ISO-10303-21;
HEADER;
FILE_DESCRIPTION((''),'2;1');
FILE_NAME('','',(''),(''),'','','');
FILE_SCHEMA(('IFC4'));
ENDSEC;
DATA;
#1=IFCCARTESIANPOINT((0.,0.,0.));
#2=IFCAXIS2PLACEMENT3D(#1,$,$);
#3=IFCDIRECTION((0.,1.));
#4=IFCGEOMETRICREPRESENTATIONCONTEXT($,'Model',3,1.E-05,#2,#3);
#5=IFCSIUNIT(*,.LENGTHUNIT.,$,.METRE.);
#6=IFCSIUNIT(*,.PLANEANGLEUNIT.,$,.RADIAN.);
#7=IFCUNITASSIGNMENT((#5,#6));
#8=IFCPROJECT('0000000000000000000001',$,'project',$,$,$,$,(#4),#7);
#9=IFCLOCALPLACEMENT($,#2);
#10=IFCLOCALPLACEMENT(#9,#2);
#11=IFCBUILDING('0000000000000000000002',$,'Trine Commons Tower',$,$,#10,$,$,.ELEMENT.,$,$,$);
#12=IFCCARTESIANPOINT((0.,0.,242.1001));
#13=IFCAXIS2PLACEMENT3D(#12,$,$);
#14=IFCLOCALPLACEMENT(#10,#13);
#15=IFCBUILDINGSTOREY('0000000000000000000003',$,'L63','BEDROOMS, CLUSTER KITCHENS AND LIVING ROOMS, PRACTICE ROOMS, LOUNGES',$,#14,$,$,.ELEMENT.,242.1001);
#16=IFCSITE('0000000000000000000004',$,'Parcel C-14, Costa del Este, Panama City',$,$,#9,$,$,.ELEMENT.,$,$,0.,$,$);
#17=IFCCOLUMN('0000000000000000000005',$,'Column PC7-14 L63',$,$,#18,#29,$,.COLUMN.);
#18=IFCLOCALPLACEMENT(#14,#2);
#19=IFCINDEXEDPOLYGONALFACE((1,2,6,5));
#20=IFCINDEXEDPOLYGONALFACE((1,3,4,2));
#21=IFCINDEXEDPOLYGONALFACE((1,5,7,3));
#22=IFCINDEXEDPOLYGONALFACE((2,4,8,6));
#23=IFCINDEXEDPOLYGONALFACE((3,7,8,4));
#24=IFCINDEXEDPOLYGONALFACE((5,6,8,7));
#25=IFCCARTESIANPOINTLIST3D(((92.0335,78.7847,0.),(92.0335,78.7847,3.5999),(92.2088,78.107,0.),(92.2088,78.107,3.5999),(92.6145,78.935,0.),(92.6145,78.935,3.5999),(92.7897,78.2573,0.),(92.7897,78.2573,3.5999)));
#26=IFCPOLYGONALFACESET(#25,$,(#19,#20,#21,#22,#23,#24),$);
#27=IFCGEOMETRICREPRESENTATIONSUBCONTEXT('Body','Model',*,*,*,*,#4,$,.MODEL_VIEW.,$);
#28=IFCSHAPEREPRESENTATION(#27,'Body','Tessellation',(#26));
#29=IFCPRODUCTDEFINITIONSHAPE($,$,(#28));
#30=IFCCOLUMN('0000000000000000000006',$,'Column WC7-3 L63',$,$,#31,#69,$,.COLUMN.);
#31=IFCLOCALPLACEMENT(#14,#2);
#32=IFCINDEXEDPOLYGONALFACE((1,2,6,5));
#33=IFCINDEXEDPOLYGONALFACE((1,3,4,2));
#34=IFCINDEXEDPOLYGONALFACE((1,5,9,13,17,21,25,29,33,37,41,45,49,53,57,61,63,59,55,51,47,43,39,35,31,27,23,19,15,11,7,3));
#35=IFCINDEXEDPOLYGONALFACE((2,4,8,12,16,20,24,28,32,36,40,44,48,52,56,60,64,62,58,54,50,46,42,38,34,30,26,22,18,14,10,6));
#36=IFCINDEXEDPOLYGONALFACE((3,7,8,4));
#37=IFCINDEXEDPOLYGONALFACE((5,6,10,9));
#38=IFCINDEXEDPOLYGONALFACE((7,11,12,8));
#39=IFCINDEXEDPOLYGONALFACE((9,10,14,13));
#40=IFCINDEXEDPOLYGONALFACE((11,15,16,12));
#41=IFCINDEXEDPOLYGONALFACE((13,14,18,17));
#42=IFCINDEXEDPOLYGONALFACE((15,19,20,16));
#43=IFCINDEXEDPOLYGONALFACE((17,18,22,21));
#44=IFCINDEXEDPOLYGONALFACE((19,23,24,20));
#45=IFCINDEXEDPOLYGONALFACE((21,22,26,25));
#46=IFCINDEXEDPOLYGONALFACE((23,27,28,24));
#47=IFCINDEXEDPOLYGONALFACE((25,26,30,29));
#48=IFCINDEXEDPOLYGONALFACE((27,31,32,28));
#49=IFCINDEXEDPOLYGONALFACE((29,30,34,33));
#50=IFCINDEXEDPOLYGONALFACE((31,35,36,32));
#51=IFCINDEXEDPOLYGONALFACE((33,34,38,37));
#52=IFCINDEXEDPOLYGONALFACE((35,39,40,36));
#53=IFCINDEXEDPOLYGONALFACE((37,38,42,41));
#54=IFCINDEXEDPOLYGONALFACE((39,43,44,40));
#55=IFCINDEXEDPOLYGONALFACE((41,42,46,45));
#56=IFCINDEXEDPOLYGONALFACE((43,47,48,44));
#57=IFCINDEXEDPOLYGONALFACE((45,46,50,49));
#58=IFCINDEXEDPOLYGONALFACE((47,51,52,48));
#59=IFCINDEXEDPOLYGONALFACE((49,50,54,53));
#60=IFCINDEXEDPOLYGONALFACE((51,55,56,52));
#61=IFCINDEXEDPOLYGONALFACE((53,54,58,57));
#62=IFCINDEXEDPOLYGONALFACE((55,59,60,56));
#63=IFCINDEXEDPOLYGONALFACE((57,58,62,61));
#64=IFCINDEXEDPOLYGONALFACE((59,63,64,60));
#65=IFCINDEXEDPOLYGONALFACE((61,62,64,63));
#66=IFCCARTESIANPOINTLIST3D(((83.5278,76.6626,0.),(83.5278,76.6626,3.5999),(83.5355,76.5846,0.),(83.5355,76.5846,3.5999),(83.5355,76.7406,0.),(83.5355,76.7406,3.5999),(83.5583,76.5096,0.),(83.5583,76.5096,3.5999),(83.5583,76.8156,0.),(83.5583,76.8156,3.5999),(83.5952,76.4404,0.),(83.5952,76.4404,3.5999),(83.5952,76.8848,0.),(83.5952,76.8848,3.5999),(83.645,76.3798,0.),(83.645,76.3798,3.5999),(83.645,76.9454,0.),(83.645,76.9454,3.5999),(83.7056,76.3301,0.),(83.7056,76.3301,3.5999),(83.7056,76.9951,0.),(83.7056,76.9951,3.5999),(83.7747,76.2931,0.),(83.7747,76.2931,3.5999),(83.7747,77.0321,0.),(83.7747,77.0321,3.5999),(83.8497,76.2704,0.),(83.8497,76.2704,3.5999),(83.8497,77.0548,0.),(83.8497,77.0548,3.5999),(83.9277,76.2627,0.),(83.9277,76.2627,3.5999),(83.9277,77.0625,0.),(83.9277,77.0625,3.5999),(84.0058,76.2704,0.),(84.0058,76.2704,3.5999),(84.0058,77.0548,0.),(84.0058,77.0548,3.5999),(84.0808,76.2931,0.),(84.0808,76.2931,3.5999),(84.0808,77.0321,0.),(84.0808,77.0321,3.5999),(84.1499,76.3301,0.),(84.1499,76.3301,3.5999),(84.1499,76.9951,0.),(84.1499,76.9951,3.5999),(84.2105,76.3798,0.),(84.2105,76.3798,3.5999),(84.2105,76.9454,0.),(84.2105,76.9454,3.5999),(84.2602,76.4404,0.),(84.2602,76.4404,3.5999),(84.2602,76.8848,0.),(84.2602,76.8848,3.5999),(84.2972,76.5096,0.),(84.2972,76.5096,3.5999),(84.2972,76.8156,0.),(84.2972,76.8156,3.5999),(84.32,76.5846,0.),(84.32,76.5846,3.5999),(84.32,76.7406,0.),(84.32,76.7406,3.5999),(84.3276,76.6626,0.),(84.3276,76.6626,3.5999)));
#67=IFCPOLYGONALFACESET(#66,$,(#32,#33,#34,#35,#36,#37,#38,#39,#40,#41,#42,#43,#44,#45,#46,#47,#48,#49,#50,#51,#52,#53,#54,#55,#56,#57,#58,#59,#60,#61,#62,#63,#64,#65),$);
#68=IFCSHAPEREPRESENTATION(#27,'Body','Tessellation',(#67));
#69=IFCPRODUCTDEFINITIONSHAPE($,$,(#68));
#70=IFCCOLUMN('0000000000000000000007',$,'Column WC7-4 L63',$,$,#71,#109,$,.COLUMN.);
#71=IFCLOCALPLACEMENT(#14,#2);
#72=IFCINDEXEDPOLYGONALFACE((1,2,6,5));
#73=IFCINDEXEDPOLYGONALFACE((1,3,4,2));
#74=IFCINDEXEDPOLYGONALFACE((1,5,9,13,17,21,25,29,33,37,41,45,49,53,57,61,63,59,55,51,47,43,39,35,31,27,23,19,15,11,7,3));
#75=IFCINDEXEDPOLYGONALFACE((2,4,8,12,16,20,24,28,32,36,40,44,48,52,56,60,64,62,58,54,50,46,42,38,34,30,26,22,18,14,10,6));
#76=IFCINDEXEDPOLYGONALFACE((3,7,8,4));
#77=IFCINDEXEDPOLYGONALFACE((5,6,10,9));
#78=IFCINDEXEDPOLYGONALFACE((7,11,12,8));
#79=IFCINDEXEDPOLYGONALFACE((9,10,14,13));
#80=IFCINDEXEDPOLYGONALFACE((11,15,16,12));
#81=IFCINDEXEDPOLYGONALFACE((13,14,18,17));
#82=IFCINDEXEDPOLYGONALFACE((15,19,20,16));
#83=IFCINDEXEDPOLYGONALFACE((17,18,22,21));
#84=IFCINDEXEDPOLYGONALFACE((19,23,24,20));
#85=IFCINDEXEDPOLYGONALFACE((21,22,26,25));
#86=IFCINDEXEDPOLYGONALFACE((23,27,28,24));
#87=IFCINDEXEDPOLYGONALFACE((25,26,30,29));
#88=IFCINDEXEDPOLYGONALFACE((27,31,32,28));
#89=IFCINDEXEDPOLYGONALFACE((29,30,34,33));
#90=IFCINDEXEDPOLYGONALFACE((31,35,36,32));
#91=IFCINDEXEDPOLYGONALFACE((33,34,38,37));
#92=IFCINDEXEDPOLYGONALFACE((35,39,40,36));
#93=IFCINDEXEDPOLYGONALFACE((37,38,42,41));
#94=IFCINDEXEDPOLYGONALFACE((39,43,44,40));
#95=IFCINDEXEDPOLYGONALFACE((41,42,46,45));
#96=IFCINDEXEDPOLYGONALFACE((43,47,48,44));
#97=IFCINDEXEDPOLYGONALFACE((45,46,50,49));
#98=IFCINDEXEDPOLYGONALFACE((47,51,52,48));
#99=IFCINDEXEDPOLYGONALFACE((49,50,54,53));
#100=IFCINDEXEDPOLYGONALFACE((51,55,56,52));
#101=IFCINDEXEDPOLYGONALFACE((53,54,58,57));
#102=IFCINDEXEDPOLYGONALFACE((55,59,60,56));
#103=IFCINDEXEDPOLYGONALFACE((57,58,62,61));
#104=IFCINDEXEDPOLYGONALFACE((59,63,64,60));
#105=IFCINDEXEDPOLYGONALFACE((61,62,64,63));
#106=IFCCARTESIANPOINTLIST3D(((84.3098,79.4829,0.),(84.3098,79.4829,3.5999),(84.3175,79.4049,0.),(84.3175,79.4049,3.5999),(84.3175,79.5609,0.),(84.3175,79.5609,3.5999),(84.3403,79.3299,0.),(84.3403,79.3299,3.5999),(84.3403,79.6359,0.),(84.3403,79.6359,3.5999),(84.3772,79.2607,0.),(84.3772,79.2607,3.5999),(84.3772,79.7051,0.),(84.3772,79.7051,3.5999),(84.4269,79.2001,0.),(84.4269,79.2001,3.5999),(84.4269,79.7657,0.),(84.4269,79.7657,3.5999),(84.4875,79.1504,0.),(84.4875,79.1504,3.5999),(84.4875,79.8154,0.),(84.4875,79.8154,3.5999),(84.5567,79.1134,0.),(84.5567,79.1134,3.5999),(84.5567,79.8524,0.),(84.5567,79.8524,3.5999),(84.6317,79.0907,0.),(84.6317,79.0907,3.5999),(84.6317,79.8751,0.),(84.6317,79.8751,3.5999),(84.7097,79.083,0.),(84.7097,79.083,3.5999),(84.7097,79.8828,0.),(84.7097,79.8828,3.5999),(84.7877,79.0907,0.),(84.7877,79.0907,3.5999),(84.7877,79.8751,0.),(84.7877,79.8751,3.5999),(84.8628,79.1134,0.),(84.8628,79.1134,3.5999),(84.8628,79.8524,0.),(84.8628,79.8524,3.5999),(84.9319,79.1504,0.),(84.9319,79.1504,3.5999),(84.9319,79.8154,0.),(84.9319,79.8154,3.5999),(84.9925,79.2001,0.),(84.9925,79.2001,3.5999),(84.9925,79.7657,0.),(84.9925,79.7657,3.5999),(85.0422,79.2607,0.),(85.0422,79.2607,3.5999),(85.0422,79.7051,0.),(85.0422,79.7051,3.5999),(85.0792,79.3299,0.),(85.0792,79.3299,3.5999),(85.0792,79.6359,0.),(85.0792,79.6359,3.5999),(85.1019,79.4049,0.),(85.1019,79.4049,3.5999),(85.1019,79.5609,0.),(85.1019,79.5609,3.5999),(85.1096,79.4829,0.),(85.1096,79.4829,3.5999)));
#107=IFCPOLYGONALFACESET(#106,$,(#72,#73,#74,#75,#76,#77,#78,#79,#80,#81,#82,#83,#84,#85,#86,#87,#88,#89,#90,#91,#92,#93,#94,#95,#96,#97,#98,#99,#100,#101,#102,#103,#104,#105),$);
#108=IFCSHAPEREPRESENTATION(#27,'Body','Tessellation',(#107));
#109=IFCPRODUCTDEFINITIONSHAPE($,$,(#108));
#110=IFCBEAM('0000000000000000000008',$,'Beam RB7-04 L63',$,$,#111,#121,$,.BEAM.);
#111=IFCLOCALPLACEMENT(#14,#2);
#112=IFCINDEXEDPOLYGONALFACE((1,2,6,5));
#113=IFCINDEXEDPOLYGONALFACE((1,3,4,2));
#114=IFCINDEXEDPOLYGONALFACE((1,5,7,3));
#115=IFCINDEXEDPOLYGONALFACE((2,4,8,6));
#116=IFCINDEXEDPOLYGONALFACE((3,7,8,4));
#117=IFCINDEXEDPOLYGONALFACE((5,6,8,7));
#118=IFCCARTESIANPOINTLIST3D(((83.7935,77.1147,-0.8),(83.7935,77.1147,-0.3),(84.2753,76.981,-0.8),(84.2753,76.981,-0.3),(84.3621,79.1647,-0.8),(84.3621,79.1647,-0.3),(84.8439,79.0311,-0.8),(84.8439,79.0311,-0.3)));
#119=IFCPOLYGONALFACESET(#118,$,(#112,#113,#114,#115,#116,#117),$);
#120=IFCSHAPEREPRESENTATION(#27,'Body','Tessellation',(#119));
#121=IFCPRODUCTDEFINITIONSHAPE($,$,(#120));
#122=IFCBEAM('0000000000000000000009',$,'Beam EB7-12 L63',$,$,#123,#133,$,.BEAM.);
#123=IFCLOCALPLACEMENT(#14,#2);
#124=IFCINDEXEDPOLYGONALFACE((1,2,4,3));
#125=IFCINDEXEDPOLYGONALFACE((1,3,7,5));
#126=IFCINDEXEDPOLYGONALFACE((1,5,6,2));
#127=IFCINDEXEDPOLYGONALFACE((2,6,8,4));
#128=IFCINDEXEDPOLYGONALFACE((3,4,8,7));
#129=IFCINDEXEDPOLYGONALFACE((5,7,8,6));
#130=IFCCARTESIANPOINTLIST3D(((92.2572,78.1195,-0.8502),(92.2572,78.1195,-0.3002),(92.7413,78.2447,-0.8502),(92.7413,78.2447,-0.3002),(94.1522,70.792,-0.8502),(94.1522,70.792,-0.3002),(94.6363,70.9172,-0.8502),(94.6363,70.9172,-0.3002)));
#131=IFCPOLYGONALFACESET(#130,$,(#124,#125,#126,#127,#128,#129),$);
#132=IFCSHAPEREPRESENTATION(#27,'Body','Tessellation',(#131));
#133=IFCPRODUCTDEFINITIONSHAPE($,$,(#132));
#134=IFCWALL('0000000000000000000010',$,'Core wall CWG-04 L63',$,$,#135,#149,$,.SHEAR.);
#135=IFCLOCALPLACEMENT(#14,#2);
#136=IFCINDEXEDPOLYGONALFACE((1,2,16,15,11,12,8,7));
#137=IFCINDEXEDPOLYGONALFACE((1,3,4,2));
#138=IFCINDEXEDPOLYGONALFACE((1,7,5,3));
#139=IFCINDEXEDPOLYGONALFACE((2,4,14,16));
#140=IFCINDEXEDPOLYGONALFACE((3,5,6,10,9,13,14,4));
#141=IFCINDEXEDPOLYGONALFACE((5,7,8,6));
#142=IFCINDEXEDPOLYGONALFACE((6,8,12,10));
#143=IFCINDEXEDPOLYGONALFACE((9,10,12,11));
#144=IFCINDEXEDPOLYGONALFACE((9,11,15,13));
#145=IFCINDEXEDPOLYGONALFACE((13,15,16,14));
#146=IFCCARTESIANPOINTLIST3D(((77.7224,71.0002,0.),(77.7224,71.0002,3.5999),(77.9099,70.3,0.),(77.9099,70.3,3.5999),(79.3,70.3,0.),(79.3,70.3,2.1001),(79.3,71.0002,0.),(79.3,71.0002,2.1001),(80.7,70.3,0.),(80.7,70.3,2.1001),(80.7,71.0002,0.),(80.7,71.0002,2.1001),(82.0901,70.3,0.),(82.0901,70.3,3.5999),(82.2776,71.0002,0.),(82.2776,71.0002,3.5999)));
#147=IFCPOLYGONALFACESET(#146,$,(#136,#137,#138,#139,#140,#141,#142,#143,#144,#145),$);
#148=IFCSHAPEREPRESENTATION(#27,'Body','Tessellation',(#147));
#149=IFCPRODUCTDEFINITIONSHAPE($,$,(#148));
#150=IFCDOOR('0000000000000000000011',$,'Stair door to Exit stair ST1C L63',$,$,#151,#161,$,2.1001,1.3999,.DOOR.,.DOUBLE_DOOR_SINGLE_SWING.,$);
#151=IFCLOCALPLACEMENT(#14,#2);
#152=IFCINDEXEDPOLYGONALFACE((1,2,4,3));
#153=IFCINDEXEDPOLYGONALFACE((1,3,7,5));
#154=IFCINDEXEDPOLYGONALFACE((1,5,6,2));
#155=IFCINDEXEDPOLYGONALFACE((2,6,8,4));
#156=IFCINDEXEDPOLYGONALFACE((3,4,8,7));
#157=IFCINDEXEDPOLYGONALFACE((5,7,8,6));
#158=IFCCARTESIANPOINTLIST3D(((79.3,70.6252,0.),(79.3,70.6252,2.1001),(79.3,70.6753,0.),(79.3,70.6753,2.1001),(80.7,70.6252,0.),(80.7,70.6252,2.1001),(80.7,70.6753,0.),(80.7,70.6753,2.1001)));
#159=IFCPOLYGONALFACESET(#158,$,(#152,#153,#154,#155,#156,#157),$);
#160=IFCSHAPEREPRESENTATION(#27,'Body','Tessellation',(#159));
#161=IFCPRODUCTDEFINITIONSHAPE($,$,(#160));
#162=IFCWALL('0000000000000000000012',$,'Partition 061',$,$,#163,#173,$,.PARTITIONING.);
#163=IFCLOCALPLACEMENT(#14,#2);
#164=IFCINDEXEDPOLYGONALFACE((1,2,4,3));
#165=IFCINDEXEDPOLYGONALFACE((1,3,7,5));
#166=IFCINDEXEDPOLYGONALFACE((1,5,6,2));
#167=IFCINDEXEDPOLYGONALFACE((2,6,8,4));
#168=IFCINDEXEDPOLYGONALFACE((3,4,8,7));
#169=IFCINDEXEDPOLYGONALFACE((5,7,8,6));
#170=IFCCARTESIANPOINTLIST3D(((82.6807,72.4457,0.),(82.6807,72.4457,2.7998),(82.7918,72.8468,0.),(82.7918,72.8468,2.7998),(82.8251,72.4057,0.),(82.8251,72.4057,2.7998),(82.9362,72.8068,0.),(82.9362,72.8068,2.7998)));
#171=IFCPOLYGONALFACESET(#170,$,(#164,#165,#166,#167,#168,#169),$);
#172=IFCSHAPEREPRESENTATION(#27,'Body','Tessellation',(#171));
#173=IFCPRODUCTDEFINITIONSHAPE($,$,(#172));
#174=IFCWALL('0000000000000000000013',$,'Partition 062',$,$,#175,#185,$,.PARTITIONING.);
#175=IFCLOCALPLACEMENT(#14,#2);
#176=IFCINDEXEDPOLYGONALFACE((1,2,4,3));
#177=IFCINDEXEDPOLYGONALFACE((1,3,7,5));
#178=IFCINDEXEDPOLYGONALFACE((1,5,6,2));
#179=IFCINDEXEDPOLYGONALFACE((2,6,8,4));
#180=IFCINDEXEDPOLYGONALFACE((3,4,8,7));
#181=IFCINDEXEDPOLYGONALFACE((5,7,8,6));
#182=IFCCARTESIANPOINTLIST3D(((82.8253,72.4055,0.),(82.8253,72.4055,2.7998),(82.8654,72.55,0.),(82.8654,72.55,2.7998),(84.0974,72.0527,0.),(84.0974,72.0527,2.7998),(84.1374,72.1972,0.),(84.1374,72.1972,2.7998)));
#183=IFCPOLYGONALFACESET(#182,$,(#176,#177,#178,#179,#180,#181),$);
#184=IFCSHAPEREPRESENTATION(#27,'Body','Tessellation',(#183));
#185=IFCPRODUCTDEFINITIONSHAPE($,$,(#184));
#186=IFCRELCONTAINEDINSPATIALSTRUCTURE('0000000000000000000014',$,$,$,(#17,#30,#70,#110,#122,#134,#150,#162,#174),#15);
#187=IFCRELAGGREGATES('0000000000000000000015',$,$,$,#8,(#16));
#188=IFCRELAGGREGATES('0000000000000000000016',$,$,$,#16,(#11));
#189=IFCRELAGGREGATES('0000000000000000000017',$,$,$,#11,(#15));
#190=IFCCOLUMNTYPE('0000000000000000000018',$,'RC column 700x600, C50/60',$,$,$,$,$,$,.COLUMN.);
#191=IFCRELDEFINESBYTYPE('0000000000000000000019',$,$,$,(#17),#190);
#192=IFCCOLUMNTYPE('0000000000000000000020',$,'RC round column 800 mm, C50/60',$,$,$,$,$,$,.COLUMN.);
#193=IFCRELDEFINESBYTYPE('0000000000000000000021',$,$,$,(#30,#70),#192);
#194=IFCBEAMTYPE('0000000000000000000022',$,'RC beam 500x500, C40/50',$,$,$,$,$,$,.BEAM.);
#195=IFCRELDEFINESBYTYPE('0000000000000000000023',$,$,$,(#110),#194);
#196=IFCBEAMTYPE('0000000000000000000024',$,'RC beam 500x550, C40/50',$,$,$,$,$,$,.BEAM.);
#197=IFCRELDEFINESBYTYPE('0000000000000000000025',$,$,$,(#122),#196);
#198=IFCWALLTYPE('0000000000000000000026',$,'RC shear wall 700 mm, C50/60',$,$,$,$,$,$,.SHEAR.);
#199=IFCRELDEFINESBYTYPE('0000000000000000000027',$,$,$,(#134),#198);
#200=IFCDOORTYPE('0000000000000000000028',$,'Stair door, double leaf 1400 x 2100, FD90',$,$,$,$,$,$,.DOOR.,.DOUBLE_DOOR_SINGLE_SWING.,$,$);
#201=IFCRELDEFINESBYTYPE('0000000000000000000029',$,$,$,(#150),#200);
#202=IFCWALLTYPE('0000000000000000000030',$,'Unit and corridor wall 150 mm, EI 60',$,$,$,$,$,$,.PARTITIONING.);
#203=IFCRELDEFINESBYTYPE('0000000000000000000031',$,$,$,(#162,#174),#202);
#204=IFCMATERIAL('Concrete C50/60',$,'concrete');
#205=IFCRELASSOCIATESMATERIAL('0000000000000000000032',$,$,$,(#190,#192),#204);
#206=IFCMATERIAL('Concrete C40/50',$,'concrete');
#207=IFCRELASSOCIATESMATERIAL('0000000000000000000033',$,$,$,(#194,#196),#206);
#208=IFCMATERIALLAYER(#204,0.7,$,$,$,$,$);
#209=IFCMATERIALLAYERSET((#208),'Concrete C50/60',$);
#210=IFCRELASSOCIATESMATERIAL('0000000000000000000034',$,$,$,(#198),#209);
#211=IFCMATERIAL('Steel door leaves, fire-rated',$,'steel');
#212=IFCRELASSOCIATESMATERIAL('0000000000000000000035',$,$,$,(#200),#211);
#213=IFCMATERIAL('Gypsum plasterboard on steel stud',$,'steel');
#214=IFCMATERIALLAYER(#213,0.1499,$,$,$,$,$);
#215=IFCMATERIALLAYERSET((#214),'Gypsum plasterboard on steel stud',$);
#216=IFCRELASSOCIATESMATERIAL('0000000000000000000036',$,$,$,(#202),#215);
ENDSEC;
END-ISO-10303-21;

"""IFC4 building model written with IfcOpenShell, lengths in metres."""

from ifc_helpers import new_model, si_unit, direction, frame, frame_2d, origin, origin_2d, place, context, subcontext, project, spatial, polyline, rectangle, circle, outline, extrude, material, layer, layer_set, material_profile, profile_set, type_object, element, fill, save


model = new_model("IFC4")

# Units and contexts
model_context = context("Model", 3, precision=1e-05, world=origin(), true_north=direction((0.0, 1.0)))
body_context = subcontext(model_context, "Body", "Model", "MODEL_VIEW")
ifc_project = project(units=[si_unit("LENGTHUNIT", "METRE"), si_unit("PLANEANGLEUNIT", "RADIAN")], contexts=[model_context])

# Site, building, storey
site_placement = place(None, origin())
site = spatial("IfcSite", under=ifc_project, at=site_placement, Name="Parcel C-14, Costa del Este, Panama City", CompositionType="ELEMENT", RefElevation=0.0)
building_placement = place(site_placement, origin())
building = spatial("IfcBuilding", under=site, at=building_placement, Name="Trine Commons Tower", CompositionType="ELEMENT")
storey_placement = place(building_placement, frame((0.0, 0.0, 242.1001)))
storey = spatial("IfcBuildingStorey", under=building, at=storey_placement, Name="L63", Description="BEDROOMS, CLUSTER KITCHENS AND LIVING ROOMS, PRACTICE ROOMS, LOUNGES", CompositionType="ELEMENT", Elevation=242.1001)

# Columns
ifc_material_1 = material(Name="Concrete C50/60", Category="concrete")
ifc_material_profile_1 = material_profile(ifc_material_1, rectangle(XDim=0.7, YDim=0.6001, at=origin_2d()), Name="RC 700x600")
ifc_profile_set_1 = profile_set([ifc_material_profile_1], Name="Concrete C50/60")
column_type_1 = type_object("IfcColumnType", Name="RC column 700x600, C50/60", PredefinedType="COLUMN", material=ifc_profile_set_1)
column_placement = place(storey_placement, frame((92.4116, 78.521, 0.0), z_axis=(0.0, 0.0, 1.0), x_axis=(-0.25038, 0.968148, 0.0)))
element("IfcColumn", 1, at=column_placement, inside=storey, type_object=column_type_1, Name="Column PC7-14 L63", PredefinedType="COLUMN", context=body_context, shape_type="SweptSolid", body=[
    extrude(rectangle(XDim=0.7, YDim=0.6001, at=origin_2d()), origin(), (0.0, 0.0, 1.0), 3.5999),
])
ifc_material_profile_2 = material_profile(ifc_material_1, circle(Radius=0.3999, at=origin_2d()), Name="RC round 800")
ifc_profile_set_2 = profile_set([ifc_material_profile_2], Name="Concrete C50/60")
column_type_2 = type_object("IfcColumnType", Name="RC round column 800 mm, C50/60", PredefinedType="COLUMN", material=ifc_profile_set_2)
for number, where, z_axis, x_axis, name in (
    (2, (83.9277, 76.6626, 0.0), (0.0, 0.0, 1.0), (1.0, 0.0, 0.0), "Column WC7-3 L63"),
    (3, (84.7097, 79.4829, 0.0), (0.0, 0.0, 1.0), (1.0, 0.0, 0.0), "Column WC7-4 L63"),
):
    element("IfcColumn", number, at=place(storey_placement, frame(where, z_axis=z_axis, x_axis=x_axis)), inside=storey, type_object=column_type_2, Name=name, PredefinedType="COLUMN", context=body_context, shape_type="SweptSolid", body=[
        extrude(circle(Radius=0.3999, at=origin_2d()), origin(), (0.0, 0.0, 1.0), 3.5999),
    ])

# Beams
ifc_material_2 = material(Name="Concrete C40/50", Category="concrete")
ifc_material_profile_3 = material_profile(ifc_material_2, rectangle(XDim=0.5, YDim=0.5, at=origin_2d()), Name="RC 500x500")
ifc_profile_set_3 = profile_set([ifc_material_profile_3], Name="Concrete C40/50")
beam_type_1 = type_object("IfcBeamType", Name="RC beam 500x500, C40/50", PredefinedType="BEAM", material=ifc_profile_set_3)
beam_1_placement = place(storey_placement, frame((84.0344, 77.0479, -0.55), z_axis=(0.267271, 0.963621, 0.0), x_axis=(-0.963621, 0.267271, 0.0)))
element("IfcBeam", 4, at=beam_1_placement, inside=storey, type_object=beam_type_1, Name="Beam RB7-04 L63", PredefinedType="BEAM", context=body_context, shape_type="SweptSolid", body=[
    extrude(rectangle(XDim=0.5, YDim=0.5, at=origin_2d()), origin(), (0.0, 0.0, 1.0), 2.1274),
])
ifc_material_profile_4 = material_profile(ifc_material_2, rectangle(XDim=0.5, YDim=0.55, at=origin_2d()), Name="RC 500x550")
ifc_profile_set_4 = profile_set([ifc_material_profile_4], Name="Concrete C40/50")
beam_type_2 = type_object("IfcBeamType", Name="RC beam 500x550, C40/50", PredefinedType="BEAM", material=ifc_profile_set_4)
beam_2_placement = place(storey_placement, frame((92.4993, 78.1821, -0.5752), z_axis=(0.250376, -0.968149, 0.0), x_axis=(0.968149, 0.250376, 0.0)))
element("IfcBeam", 5, at=beam_2_placement, inside=storey, type_object=beam_type_2, Name="Beam EB7-12 L63", PredefinedType="BEAM", context=body_context, shape_type="SweptSolid", body=[
    extrude(rectangle(XDim=0.5, YDim=0.55, at=origin_2d()), origin(), (0.0, 0.0, 1.0), 7.5686),
])

# Wall, opening, door
ifc_layer_1 = layer(ifc_material_1, 0.7)
ifc_layer_set_1 = layer_set([ifc_layer_1], Name="Concrete C50/60")
wall_type_1 = type_object("IfcWallType", Name="RC shear wall 700 mm, C50/60", PredefinedType="SHEAR", material=ifc_layer_set_1)
wall_1_placement = place(storey_placement, frame((82.2776, 70.6501, 0.0), z_axis=(0.0, 0.0, 1.0), x_axis=(-1.0, 0.0, 0.0)))
wall_1 = element("IfcWall", 6, at=wall_1_placement, inside=storey, type_object=wall_type_1, Name="Core wall CWG-04 L63", PredefinedType="SHEAR", context=body_context, shape_type="SweptSolid", body=[
    extrude(outline(polyline([(0.0, -0.3501), (4.5552, -0.3501), (4.3677, 0.3501), (0.1875, 0.3501), (0.0, -0.3501)])), origin(), (0.0, 0.0, 1.0), 3.5999),
])
opening_1_placement = place(wall_1_placement, frame((1.5776, 0.0, 0.0)))
opening_1 = element("IfcOpeningElement", 7, at=opening_1_placement, cuts=wall_1, PredefinedType="OPENING", context=body_context, shape_type="SweptSolid", body=[
    extrude(rectangle(XDim=1.3999, YDim=2.1001, at=frame_2d((0.7, 1.05))), frame((0.0, 0.3599, 0.0), z_axis=(0.0, -1.0, 0.0), x_axis=(1.0, 0.0, 0.0)), (0.0, 0.0, 1.0), 0.72),
])
ifc_material_3 = material(Name="Steel door leaves, fire-rated", Category="steel")
door_type_1 = type_object("IfcDoorType", Name="Stair door, double leaf 1400 x 2100, FD90", OperationType="DOUBLE_DOOR_SINGLE_SWING", PredefinedType="DOOR", material=ifc_material_3)
door_1_placement = place(opening_1_placement, origin())
door_1 = element("IfcDoor", 8, at=door_1_placement, inside=storey, type_object=door_type_1, Name="Stair door to Exit stair ST1C L63", OperationType="DOUBLE_DOOR_SINGLE_SWING", OverallHeight=2.1001, OverallWidth=1.3999, PredefinedType="DOOR", context=body_context, shape_type="SweptSolid", body=[
    extrude(rectangle(XDim=1.3999, YDim=2.1001, at=frame_2d((0.7, 1.05))), frame((0.0, 0.0249, 0.0), z_axis=(0.0, -1.0, 0.0), x_axis=(1.0, 0.0, 0.0)), (0.0, 0.0, 1.0), 0.05),
])
fill(opening_1, door_1)

# Walls
ifc_material_4 = material(Name="Gypsum plasterboard on steel stud", Category="steel")
ifc_layer_2 = layer(ifc_material_4, 0.1499)
ifc_layer_set_2 = layer_set([ifc_layer_2], Name="Gypsum plasterboard on steel stud")
wall_type_2 = type_object("IfcWallType", Name="Unit and corridor wall 150 mm, EI 60", PredefinedType="PARTITIONING", material=ifc_layer_set_2)
wall_2_placement = place(storey_placement, frame((82.7529, 72.4258, 0.0), z_axis=(0.0, 0.0, 1.0), x_axis=(0.266887, 0.963728, 0.0)))
element("IfcWall", 9, at=wall_2_placement, inside=storey, type_object=wall_type_2, Name="Partition 061", PredefinedType="PARTITIONING", context=body_context, shape_type="SweptSolid", body=[
    extrude(rectangle(XDim=0.4163, YDim=0.1499, at=frame_2d((0.208, 0.0))), origin(), (0.0, 0.0, 1.0), 2.7998),
])
wall_3_placement = place(storey_placement, frame((82.8452, 72.4778, 0.0), z_axis=(0.0, 0.0, 1.0), x_axis=(0.963624, -0.267262, 0.0)))
element("IfcWall", 10, at=wall_3_placement, inside=storey, type_object=wall_type_2, Name="Partition 062", PredefinedType="PARTITIONING", context=body_context, shape_type="SweptSolid", body=[
    extrude(rectangle(XDim=1.3201, YDim=0.1499, at=frame_2d((0.6602, 0.0))), origin(), (0.0, 0.0, 1.0), 2.7998),
])

save(model, "model.ifc")
